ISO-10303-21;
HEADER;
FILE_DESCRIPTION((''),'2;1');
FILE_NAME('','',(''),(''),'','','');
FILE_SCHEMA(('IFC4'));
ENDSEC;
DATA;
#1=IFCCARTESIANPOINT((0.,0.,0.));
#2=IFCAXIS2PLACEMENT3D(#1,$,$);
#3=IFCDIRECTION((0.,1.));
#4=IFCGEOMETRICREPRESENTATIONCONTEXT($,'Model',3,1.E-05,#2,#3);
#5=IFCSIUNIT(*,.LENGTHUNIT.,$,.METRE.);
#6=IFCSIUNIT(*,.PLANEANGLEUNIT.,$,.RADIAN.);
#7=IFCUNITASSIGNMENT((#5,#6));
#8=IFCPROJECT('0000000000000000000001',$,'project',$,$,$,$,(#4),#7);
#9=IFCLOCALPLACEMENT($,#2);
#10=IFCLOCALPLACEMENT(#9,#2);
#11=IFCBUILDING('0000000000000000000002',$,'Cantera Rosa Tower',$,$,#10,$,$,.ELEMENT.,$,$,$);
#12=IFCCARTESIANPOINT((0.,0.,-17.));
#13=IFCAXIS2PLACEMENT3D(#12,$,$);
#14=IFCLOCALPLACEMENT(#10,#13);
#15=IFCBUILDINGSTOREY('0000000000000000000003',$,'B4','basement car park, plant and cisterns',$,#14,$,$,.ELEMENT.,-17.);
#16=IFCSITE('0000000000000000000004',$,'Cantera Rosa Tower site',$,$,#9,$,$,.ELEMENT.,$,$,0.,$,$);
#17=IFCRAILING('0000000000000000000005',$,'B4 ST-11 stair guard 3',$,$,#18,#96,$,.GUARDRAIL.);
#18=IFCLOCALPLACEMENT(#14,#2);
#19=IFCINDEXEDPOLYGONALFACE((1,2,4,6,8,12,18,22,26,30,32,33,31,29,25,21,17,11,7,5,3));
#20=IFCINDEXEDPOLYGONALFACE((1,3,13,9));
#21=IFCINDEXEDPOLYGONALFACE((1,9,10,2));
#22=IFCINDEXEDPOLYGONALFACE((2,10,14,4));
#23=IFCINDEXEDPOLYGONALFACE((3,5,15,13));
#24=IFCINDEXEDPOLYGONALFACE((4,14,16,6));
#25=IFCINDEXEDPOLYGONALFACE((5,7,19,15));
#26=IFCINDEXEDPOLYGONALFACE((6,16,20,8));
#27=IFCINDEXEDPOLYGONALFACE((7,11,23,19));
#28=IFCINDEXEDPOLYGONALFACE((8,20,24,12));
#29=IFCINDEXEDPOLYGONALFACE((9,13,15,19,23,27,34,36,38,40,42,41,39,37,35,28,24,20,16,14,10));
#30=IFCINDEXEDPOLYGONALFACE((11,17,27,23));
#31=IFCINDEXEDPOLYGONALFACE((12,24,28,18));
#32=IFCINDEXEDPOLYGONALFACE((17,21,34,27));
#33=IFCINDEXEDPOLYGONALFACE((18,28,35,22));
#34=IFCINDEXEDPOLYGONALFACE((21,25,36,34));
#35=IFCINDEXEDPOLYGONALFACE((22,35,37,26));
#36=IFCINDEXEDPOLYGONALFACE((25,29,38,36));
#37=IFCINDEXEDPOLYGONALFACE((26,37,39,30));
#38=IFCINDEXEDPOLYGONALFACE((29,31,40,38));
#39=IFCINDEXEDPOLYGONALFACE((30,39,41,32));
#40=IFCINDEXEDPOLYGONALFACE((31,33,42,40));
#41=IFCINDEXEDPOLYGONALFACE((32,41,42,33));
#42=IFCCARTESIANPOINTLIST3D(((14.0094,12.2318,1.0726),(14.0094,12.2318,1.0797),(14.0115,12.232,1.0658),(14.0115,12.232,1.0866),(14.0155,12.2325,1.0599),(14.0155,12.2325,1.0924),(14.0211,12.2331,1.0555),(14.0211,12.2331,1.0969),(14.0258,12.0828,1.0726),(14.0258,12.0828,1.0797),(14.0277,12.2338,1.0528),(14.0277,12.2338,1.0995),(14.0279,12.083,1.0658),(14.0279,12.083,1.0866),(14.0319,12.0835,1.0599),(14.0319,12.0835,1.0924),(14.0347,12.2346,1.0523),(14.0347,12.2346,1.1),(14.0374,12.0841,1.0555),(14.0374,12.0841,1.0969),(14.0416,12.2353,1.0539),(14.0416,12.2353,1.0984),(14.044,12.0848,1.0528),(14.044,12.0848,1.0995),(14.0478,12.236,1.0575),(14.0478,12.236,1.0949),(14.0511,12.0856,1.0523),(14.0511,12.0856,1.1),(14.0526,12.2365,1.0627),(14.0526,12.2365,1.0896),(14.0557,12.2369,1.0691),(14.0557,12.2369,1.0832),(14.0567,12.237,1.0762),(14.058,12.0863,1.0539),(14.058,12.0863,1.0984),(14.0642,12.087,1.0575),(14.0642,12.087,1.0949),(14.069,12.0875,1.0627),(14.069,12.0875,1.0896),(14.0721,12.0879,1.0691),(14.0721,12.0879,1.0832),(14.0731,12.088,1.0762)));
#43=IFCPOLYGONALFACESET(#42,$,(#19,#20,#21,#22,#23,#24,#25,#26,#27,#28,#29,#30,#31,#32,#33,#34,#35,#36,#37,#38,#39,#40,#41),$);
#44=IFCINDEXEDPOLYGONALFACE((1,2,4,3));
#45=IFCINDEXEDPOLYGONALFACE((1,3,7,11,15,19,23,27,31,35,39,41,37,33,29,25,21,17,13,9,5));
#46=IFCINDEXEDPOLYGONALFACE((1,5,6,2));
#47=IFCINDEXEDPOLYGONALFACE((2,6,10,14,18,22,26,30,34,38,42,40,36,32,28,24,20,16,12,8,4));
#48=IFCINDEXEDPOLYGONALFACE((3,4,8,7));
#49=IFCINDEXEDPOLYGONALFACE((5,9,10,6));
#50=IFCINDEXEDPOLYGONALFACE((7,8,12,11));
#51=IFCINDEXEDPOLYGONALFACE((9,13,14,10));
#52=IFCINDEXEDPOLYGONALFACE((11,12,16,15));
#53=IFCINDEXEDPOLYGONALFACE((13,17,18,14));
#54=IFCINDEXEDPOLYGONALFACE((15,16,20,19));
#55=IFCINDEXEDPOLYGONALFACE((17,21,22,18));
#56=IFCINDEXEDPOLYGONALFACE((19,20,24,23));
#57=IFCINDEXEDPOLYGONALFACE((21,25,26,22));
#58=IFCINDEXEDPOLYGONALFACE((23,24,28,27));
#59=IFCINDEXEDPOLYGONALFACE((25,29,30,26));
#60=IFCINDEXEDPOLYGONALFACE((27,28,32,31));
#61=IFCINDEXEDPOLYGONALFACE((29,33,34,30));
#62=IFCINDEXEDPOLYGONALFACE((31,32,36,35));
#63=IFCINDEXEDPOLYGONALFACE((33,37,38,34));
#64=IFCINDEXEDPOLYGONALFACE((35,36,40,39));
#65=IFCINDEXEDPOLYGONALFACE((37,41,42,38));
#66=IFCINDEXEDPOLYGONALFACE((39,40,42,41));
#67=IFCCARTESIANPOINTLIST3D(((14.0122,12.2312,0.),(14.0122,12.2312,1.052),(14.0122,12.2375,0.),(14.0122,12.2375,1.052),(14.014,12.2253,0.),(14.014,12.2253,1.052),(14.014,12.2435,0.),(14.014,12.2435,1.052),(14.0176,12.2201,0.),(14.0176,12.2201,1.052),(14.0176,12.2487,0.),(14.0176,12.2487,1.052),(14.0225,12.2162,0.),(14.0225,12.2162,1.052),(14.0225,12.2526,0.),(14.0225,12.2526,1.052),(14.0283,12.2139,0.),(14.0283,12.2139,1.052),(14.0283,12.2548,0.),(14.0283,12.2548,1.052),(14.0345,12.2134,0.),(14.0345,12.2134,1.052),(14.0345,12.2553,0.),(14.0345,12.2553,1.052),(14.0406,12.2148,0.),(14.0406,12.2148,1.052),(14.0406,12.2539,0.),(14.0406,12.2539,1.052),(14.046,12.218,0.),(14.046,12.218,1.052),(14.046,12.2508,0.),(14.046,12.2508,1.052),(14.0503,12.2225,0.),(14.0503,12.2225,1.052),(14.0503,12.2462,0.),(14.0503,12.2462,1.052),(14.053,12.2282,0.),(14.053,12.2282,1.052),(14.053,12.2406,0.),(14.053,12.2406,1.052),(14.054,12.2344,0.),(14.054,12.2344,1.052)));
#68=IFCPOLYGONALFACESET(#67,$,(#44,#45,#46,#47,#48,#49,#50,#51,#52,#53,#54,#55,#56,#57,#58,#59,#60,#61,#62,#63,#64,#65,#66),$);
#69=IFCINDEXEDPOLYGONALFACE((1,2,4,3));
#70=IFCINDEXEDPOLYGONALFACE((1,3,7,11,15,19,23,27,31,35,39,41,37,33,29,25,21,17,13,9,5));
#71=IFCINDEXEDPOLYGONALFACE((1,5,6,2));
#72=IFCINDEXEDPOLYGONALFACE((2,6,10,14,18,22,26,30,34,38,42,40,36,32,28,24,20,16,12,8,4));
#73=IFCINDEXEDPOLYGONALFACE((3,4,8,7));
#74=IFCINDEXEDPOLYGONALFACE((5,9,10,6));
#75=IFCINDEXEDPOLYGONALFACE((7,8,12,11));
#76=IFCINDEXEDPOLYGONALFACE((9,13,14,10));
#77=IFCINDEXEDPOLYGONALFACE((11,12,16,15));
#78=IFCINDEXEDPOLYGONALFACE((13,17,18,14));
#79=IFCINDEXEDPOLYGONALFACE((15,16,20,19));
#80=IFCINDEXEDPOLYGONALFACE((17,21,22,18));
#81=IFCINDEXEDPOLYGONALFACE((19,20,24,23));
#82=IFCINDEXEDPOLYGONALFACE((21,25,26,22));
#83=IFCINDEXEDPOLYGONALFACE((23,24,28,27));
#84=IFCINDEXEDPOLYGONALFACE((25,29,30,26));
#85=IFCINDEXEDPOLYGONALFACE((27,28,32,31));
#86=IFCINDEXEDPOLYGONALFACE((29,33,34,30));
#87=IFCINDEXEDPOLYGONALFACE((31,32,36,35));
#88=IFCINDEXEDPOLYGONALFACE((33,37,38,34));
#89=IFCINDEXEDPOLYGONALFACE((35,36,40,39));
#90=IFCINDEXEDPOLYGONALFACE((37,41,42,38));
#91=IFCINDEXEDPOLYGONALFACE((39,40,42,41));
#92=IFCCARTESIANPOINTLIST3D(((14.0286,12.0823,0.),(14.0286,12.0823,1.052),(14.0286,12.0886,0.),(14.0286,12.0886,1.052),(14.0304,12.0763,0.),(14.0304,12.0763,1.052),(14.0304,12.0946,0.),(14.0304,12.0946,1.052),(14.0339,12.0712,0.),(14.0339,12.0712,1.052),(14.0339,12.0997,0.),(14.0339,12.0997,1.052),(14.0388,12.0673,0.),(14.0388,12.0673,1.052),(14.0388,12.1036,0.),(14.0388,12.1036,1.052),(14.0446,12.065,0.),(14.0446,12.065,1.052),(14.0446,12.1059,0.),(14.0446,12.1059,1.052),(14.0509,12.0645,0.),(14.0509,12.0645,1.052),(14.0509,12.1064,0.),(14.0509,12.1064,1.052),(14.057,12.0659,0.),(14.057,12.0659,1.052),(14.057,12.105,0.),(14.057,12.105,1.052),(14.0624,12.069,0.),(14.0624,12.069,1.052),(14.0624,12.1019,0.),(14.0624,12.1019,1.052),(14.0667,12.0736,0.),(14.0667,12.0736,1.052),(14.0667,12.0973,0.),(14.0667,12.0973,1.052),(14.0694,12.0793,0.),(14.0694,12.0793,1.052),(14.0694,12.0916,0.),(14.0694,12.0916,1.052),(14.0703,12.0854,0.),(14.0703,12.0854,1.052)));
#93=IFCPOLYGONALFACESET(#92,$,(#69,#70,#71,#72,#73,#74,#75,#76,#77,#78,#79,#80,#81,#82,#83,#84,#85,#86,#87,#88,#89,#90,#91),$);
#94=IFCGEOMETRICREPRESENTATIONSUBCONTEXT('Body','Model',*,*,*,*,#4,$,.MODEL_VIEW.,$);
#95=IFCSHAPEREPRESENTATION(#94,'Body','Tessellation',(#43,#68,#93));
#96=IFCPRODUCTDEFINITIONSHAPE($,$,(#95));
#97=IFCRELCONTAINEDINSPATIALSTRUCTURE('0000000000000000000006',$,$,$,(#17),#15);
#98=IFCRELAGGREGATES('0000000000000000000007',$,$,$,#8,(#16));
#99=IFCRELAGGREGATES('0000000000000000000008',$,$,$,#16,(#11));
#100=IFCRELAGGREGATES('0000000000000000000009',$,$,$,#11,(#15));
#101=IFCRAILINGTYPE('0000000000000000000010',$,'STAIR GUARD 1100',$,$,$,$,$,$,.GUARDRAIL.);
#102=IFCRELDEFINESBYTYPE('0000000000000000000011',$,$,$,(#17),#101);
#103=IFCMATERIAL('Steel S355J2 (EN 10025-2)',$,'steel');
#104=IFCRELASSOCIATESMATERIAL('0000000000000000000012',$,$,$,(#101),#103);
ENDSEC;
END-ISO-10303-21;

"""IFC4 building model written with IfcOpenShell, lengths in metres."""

from ifc_helpers import new_model, si_unit, direction, frame, origin, origin_2d, place, context, subcontext, project, spatial, circle, extrude, material, type_object, element, save


model = new_model("IFC4")

# Units and contexts
model_context = context("Model", 3, precision=1e-05, world=origin(), true_north=direction((0.0, 1.0)))
body_context = subcontext(model_context, "Body", "Model", "MODEL_VIEW")
ifc_project = project(units=[si_unit("LENGTHUNIT", "METRE"), si_unit("PLANEANGLEUNIT", "RADIAN")], contexts=[model_context])

# Site, building, storey
site_placement = place(None, origin())
site = spatial("IfcSite", under=ifc_project, at=site_placement, Name="Cantera Rosa Tower site", CompositionType="ELEMENT", RefElevation=0.0)
building_placement = place(site_placement, origin())
building = spatial("IfcBuilding", under=site, at=building_placement, Name="Cantera Rosa Tower", CompositionType="ELEMENT")
storey_placement = place(building_placement, frame((0.0, 0.0, -17.0)))
storey = spatial("IfcBuildingStorey", under=building, at=storey_placement, Name="B4", Description="basement car park, plant and cisterns", CompositionType="ELEMENT", Elevation=-17.0)

# Railing
ifc_material_1 = material(Name="Steel S355J2 (EN 10025-2)", Category="steel")
railing_type_1 = type_object("IfcRailingType", Name="STAIR GUARD 1100", PredefinedType="GUARDRAIL", material=ifc_material_1)
railing_1_placement = place(storey_placement, frame((14.033, 12.2344, 0.0)))
element("IfcRailing", 1, at=railing_1_placement, inside=storey, type_object=railing_type_1, Name="B4 ST-11 stair guard 3", PredefinedType="GUARDRAIL", context=body_context, shape_type="SweptSolid", body=[
    extrude(circle(Radius=0.0239, at=origin_2d()), frame((0.0, 0.0, 1.0762), z_axis=(0.109179, -0.994022, 0.0), x_axis=(0.994022, 0.109179, 0.0)), (0.0, 0.0, 1.0), 0.1499),
    extrude(circle(Radius=0.021, at=origin_2d()), origin(), (0.0, 0.0, 1.0), 1.052),
    extrude(circle(Radius=0.021, at=origin_2d()), frame((0.0164, -0.1489, 0.0)), (0.0, 0.0, 1.0), 1.052),
])

save(model, "model.ifc")
